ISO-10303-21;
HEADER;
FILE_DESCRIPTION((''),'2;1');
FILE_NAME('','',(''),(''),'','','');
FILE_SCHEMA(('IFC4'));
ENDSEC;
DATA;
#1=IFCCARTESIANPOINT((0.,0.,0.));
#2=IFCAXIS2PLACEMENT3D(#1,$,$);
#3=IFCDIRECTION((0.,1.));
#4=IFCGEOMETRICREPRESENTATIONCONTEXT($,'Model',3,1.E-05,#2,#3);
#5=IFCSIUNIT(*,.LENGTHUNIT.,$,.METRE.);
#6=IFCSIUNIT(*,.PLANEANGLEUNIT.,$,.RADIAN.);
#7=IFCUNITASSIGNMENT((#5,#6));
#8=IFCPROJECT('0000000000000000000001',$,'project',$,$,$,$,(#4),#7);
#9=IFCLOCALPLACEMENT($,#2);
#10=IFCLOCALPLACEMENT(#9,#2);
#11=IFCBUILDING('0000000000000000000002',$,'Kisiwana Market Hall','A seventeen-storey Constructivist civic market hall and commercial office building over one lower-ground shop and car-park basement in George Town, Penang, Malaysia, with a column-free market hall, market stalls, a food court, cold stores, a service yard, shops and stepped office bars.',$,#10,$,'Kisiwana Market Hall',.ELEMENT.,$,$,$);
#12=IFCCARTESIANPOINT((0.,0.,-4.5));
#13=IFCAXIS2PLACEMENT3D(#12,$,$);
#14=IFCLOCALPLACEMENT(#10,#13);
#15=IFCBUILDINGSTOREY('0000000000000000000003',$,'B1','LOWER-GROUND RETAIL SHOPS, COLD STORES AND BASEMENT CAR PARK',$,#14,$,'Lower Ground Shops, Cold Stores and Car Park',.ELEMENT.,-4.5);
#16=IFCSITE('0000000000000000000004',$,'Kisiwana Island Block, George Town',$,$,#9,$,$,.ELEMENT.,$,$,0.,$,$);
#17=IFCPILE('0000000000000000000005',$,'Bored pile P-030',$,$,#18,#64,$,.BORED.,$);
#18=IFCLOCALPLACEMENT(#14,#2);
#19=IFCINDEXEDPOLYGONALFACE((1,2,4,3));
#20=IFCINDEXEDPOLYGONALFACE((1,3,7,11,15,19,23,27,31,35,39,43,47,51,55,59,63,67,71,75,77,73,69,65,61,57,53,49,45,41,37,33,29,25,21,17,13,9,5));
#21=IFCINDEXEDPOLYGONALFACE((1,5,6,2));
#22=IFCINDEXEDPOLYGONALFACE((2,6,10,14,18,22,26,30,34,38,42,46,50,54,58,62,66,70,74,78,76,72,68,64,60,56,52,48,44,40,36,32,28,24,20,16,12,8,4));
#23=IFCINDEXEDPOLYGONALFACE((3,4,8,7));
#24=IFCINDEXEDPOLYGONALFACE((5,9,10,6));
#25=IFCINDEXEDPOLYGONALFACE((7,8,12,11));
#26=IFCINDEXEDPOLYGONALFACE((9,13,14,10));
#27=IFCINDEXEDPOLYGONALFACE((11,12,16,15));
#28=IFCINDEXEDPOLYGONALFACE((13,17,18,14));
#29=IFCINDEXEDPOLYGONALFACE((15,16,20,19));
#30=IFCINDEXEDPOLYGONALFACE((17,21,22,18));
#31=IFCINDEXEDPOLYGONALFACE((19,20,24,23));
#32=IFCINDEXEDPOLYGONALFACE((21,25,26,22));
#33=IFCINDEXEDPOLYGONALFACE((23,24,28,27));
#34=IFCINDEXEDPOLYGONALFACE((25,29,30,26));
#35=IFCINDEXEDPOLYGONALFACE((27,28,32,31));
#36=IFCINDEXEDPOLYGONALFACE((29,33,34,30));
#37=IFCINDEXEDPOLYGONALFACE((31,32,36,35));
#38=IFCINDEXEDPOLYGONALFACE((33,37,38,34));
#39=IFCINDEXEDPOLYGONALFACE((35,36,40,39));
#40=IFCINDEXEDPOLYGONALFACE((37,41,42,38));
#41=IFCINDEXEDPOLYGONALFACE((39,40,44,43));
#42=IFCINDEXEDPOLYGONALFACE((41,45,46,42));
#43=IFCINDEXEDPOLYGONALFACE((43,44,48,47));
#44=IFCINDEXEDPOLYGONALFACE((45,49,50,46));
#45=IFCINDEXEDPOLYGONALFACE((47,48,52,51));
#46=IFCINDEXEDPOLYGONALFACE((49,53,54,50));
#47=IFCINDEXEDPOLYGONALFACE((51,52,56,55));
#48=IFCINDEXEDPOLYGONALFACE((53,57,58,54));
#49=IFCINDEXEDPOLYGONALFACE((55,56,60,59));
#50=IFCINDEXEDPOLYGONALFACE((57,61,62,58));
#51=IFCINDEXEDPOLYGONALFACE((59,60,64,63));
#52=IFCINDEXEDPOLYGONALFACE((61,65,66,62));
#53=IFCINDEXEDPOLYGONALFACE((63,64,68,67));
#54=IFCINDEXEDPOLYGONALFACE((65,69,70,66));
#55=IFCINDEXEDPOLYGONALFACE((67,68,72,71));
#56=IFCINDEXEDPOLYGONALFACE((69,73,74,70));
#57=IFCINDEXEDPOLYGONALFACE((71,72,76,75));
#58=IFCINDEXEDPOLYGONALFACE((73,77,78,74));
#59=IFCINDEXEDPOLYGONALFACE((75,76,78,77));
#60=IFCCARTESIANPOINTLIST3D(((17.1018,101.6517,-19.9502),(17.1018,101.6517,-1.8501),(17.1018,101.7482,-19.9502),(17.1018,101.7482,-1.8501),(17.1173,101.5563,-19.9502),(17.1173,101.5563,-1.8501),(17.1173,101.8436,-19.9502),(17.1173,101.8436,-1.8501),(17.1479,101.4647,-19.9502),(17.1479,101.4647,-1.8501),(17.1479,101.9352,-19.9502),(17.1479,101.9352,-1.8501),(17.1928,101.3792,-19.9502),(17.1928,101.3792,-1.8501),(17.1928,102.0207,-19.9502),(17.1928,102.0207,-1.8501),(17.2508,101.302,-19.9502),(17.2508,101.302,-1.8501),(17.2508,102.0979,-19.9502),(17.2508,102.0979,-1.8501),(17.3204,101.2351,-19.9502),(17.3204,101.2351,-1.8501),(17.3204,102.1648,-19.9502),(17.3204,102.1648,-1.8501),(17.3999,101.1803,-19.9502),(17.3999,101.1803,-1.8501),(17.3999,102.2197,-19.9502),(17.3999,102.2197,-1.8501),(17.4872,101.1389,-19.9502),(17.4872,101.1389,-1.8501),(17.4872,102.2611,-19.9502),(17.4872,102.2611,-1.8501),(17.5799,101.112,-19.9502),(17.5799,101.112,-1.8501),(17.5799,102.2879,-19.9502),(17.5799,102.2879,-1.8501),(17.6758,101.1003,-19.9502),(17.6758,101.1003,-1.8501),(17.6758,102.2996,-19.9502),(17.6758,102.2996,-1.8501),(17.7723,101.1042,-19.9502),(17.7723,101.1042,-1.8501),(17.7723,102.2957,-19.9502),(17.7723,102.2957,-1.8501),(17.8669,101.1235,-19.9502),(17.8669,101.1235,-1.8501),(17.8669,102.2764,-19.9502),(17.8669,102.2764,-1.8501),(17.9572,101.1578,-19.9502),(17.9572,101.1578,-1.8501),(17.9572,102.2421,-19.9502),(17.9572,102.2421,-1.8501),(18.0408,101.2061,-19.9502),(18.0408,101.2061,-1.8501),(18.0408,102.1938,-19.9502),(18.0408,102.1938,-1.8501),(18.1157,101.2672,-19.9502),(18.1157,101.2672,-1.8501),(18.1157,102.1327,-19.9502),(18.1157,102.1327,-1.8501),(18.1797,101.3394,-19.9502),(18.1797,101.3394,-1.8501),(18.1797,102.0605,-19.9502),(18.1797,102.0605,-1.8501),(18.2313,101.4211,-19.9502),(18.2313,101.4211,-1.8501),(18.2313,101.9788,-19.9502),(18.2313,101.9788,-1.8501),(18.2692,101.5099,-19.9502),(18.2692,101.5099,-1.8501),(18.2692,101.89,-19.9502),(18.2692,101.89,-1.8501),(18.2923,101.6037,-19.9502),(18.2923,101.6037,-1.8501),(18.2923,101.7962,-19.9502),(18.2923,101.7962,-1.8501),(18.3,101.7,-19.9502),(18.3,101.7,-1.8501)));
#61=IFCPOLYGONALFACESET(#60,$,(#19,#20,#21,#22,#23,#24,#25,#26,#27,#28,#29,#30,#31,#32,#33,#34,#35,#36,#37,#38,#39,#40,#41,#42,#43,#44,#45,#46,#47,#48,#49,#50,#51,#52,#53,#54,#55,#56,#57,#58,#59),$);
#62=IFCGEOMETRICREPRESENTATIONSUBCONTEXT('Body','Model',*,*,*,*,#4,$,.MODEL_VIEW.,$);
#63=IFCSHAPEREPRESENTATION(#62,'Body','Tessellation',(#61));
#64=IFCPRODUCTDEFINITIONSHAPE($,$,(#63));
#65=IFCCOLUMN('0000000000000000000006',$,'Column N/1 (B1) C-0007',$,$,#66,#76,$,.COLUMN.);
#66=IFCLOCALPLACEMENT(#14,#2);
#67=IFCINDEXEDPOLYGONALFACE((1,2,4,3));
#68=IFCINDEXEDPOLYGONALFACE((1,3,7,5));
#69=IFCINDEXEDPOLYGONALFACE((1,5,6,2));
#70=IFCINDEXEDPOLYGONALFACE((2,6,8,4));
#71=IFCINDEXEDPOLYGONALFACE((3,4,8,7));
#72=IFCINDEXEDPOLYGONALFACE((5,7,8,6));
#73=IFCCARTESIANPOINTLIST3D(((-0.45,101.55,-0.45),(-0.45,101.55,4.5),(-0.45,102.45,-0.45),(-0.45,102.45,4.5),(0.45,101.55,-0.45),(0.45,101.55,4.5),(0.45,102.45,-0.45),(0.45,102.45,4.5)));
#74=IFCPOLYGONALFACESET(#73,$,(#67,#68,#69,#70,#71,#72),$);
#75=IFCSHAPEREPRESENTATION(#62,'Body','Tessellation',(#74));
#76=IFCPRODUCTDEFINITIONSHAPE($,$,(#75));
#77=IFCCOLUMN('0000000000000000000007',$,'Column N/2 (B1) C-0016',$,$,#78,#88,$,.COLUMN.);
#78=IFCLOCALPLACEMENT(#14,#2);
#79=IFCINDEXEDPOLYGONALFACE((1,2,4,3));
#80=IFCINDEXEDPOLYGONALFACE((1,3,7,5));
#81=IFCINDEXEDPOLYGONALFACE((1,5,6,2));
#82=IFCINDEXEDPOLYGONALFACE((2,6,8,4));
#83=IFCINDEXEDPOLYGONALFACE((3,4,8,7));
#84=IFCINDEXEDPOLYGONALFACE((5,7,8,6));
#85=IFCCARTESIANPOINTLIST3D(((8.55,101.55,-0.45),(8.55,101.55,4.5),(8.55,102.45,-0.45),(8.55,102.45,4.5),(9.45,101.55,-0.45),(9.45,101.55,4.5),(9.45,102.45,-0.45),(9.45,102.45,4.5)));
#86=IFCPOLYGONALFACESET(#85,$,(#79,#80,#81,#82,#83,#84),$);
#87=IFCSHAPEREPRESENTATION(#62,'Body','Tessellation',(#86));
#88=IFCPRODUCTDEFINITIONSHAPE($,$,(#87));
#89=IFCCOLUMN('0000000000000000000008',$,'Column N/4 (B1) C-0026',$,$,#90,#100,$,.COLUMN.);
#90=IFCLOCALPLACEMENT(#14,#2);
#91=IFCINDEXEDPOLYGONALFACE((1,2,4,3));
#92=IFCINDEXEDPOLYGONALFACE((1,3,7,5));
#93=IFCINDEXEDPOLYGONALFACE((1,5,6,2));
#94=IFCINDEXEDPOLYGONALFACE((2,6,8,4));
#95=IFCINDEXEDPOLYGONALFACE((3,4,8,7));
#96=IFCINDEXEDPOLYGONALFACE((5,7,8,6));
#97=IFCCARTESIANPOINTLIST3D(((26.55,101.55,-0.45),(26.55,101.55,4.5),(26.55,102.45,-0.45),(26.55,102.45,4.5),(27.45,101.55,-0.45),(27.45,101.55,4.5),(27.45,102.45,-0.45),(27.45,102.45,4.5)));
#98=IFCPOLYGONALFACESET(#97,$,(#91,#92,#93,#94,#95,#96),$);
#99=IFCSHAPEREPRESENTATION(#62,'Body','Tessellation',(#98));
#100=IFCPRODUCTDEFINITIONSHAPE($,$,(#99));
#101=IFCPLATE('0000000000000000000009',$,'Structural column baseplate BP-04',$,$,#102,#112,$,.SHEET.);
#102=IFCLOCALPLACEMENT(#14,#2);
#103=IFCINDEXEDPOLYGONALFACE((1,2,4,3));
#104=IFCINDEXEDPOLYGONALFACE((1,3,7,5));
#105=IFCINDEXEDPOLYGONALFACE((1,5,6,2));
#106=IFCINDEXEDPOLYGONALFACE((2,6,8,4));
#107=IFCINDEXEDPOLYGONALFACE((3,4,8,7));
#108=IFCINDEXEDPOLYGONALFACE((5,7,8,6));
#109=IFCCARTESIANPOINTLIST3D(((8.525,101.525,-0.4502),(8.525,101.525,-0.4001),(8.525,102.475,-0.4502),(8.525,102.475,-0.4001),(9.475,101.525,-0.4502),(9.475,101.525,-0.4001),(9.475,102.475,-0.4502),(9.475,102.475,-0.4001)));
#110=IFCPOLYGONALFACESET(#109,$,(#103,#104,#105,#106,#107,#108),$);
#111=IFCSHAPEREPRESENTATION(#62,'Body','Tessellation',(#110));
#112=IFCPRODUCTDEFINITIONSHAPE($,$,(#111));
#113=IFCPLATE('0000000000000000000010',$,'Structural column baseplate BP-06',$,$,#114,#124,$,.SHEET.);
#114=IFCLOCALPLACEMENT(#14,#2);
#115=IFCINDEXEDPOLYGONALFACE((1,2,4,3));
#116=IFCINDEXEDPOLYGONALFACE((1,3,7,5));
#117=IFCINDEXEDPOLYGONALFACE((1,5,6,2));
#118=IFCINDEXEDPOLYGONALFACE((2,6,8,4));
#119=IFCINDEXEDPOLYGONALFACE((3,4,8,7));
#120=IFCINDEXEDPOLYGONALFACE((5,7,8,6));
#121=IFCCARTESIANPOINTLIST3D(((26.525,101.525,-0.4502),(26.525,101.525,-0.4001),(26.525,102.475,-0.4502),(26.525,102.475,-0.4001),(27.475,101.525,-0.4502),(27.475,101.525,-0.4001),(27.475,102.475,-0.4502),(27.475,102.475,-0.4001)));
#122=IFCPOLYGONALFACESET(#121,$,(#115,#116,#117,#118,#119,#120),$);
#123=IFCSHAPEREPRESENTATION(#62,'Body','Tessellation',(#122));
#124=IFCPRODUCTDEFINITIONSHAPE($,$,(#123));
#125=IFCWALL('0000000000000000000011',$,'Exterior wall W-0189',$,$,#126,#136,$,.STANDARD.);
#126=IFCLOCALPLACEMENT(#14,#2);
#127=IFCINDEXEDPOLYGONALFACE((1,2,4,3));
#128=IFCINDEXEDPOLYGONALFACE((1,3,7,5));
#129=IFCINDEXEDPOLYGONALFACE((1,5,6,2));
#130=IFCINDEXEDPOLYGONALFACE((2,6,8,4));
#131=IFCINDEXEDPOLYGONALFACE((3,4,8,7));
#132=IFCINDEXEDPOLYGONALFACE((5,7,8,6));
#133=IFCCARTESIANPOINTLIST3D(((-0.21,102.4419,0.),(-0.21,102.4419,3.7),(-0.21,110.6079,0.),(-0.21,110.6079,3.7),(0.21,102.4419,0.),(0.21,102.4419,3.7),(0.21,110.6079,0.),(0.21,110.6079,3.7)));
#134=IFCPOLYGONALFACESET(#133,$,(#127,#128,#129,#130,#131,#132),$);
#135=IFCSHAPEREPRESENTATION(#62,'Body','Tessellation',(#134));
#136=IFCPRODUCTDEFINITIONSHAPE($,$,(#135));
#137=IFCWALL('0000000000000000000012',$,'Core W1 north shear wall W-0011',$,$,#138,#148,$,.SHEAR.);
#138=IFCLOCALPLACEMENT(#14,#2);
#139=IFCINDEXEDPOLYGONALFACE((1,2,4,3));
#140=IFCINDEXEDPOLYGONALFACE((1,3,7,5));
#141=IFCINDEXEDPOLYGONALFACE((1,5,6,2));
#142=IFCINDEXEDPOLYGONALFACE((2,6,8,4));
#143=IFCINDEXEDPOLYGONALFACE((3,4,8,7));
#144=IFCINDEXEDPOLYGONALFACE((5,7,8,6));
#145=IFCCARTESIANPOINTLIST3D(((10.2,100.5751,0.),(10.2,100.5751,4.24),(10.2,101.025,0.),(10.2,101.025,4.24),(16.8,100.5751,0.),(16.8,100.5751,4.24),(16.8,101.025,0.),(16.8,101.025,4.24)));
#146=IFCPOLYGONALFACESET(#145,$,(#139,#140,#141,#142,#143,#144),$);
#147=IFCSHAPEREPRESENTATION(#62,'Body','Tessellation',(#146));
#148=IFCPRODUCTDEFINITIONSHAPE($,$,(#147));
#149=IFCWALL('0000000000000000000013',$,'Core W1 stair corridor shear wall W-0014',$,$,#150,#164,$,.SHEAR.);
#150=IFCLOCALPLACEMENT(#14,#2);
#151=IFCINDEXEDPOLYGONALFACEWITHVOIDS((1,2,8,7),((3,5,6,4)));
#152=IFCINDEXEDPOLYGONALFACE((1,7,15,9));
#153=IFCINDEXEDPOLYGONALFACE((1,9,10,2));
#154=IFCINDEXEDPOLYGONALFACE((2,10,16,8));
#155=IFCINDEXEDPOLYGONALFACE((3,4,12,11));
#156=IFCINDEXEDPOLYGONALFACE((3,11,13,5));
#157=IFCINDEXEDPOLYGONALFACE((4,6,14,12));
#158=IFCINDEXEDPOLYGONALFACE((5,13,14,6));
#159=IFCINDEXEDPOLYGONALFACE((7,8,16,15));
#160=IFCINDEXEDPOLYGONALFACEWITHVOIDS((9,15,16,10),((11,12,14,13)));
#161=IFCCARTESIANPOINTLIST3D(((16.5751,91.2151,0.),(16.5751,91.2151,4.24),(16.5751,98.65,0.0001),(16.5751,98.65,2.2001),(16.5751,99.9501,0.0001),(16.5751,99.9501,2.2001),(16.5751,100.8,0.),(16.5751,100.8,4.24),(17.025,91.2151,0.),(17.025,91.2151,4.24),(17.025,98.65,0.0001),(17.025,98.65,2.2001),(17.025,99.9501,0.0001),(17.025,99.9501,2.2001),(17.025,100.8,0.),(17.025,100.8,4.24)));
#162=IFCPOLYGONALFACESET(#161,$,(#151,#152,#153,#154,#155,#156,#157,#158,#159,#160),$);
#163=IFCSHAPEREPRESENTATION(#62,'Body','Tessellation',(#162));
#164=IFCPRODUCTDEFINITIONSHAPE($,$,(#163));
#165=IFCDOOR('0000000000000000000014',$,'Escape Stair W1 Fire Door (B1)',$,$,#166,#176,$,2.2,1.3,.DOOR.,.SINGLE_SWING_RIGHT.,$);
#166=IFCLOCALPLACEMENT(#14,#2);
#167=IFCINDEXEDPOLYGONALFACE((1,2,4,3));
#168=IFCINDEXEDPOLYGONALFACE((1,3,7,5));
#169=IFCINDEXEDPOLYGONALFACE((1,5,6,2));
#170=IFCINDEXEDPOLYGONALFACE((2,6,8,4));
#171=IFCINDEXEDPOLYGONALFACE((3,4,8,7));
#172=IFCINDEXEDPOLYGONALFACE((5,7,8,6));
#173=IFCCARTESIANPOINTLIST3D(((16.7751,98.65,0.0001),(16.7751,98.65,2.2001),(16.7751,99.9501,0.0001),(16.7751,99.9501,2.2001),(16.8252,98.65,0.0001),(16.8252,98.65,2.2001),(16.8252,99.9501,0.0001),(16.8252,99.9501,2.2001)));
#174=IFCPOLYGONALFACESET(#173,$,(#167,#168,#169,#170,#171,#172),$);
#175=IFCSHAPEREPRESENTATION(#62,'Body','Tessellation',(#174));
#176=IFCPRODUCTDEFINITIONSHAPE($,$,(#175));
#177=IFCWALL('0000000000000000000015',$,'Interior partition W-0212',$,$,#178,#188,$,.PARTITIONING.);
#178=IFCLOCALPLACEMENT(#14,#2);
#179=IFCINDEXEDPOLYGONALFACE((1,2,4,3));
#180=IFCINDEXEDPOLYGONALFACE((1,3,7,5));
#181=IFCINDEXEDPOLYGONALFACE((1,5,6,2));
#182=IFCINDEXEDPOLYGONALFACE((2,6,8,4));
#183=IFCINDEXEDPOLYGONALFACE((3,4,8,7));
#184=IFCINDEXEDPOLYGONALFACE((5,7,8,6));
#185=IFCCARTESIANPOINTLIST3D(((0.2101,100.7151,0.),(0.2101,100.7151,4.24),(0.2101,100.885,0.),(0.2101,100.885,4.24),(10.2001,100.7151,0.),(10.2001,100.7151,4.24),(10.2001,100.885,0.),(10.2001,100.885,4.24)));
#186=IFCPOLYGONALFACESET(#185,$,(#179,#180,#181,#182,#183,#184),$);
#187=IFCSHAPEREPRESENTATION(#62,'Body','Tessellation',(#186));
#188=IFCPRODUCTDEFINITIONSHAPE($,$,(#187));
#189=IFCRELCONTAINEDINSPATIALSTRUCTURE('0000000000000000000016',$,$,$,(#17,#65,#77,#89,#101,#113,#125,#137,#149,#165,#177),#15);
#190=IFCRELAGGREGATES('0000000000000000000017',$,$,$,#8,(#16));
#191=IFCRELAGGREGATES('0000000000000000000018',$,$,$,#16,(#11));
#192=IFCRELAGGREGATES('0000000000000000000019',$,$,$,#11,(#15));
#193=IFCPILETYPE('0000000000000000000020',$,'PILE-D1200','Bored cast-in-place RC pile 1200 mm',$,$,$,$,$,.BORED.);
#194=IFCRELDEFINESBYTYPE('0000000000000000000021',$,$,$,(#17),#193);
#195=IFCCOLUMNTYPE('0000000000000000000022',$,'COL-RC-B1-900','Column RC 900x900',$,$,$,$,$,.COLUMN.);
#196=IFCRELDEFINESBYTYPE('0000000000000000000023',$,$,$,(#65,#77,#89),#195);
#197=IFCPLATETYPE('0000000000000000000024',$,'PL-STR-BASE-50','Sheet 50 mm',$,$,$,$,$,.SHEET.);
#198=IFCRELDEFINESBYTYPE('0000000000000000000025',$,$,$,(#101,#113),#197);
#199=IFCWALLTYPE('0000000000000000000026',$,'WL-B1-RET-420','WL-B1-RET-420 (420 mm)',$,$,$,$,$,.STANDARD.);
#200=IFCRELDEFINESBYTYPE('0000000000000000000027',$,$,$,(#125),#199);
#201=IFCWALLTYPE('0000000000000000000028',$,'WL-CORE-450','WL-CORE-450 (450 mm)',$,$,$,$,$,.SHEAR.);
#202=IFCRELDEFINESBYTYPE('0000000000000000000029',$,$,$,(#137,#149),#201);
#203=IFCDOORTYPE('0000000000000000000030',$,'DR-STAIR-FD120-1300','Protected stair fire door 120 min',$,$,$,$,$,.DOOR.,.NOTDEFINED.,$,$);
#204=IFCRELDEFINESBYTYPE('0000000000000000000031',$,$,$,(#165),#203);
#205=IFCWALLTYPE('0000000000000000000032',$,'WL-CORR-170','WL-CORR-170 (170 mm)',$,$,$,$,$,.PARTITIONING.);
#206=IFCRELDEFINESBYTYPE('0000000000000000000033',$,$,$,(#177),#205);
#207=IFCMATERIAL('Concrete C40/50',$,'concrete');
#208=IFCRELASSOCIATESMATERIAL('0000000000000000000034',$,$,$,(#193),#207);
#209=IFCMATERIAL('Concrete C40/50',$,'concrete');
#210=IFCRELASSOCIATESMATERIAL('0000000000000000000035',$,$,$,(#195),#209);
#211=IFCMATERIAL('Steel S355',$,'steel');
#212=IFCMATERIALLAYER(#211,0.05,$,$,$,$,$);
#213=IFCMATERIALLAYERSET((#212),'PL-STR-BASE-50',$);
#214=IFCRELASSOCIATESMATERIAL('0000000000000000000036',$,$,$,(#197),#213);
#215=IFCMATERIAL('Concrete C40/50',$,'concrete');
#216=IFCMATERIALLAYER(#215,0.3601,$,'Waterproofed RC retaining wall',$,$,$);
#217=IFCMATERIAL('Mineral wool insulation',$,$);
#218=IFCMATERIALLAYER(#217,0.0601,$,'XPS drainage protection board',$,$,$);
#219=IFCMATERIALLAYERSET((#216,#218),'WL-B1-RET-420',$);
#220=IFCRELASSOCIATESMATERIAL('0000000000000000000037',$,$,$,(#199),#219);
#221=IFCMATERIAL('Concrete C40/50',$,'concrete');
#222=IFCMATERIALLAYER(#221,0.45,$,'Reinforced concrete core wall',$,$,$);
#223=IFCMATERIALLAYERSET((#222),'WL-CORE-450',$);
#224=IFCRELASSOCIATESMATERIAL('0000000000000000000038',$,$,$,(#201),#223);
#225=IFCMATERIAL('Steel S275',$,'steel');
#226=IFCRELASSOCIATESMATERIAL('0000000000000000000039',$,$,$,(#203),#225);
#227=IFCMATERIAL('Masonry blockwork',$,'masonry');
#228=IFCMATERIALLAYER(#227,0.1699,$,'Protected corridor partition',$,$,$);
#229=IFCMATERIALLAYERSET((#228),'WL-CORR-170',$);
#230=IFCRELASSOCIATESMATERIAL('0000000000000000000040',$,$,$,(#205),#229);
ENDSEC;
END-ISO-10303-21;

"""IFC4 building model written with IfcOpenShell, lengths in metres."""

from ifc_helpers import new_model, si_unit, direction, frame, frame_2d, origin, origin_2d, place, context, subcontext, project, spatial, rectangle, circle, extrude, material, layer, layer_set, material_profile, profile_set, type_object, element, fill, save


model = new_model("IFC4")

# Units and contexts
model_context = context("Model", 3, precision=1e-05, world=origin(), true_north=direction((0.0, 1.0)))
body_context = subcontext(model_context, "Body", "Model", "MODEL_VIEW")
ifc_project = project(units=[si_unit("LENGTHUNIT", "METRE"), si_unit("PLANEANGLEUNIT", "RADIAN")], contexts=[model_context])

# Site, building, storey
site_placement = place(None, origin())
site = spatial("IfcSite", under=ifc_project, at=site_placement, Name="Kisiwana Island Block, George Town", CompositionType="ELEMENT", RefElevation=0.0)
building_placement = place(site_placement, origin())
building = spatial("IfcBuilding", under=site, at=building_placement, Name="Kisiwana Market Hall", Description="A seventeen-storey Constructivist civic market hall and commercial office building over one lower-ground shop and car-park basement in George Town, Penang, Malaysia, with a column-free market hall, market stalls, a food court, cold stores, a service yard, shops and stepped office bars.", LongName="Kisiwana Market Hall", CompositionType="ELEMENT")
storey_placement = place(building_placement, frame((0.0, 0.0, -4.5)))
storey = spatial("IfcBuildingStorey", under=building, at=storey_placement, Name="B1", Description="LOWER-GROUND RETAIL SHOPS, COLD STORES AND BASEMENT CAR PARK", LongName="Lower Ground Shops, Cold Stores and Car Park", CompositionType="ELEMENT", Elevation=-4.5)

# Pile
ifc_material_1 = material(Name="Concrete C40/50", Category="concrete")
ifc_material_profile_1 = material_profile(ifc_material_1, circle(Radius=0.6001, at=origin_2d()), Name="BP D1200")
ifc_profile_set_1 = profile_set([ifc_material_profile_1], Name="Concrete C40/50")
pile_type_1 = type_object("IfcPileType", Name="PILE-D1200", Description="Bored cast-in-place RC pile 1200 mm", PredefinedType="BORED", material=ifc_profile_set_1)
for number, where, z_axis, x_axis, name in (
    (1, (17.7, 101.7, -1.8501), (0.0, 0.0, -1.0), (1.0, 0.0, 0.0), "Bored pile P-030"),
):
    element("IfcPile", number, at=place(storey_placement, frame(where, z_axis=z_axis, x_axis=x_axis)), inside=storey, type_object=pile_type_1, Name=name, PredefinedType="BORED", context=body_context, shape_type="SweptSolid", body=[
        extrude(circle(Radius=0.6001, at=origin_2d()), origin(), (0.0, 0.0, 1.0), 18.1001),
    ])

# Columns
ifc_material_2 = material(Name="Concrete C40/50", Category="concrete")
ifc_material_profile_2 = material_profile(ifc_material_2, rectangle(XDim=0.8999, YDim=0.8999, at=origin_2d()), Name="RC 900x900")
ifc_profile_set_2 = profile_set([ifc_material_profile_2], Name="Concrete C40/50")
column_type = type_object("IfcColumnType", Name="COL-RC-B1-900", Description="Column RC 900x900", PredefinedType="COLUMN", material=ifc_profile_set_2)
for number, where, z_axis, x_axis, name in (
    (2, (0.0, 102.0, -0.45), (0.0, 0.0, 1.0), (1.0, 0.0, 0.0), "Column N/1 (B1) C-0007"),
    (3, (9.0, 102.0, -0.45), (0.0, 0.0, 1.0), (1.0, 0.0, 0.0), "Column N/2 (B1) C-0016"),
    (4, (27.0, 102.0, -0.45), (0.0, 0.0, 1.0), (1.0, 0.0, 0.0), "Column N/4 (B1) C-0026"),
):
    element("IfcColumn", number, at=place(storey_placement, frame(where, z_axis=z_axis, x_axis=x_axis)), inside=storey, type_object=column_type, Name=name, PredefinedType="COLUMN", context=body_context, shape_type="SweptSolid", body=[
        extrude(rectangle(XDim=0.8999, YDim=0.8999, at=origin_2d()), origin(), (0.0, 0.0, 1.0), 4.95),
    ])

# Plates
ifc_material_3 = material(Name="Steel S355", Category="steel")
ifc_layer_1 = layer(ifc_material_3, 0.05)
ifc_layer_set_1 = layer_set([ifc_layer_1], Name="PL-STR-BASE-50")
plate_type = type_object("IfcPlateType", Name="PL-STR-BASE-50", Description="Sheet 50 mm", PredefinedType="SHEET", material=ifc_layer_set_1)
for number, where, z_axis, x_axis, name in (
    (5, (9.0, 102.0, -0.4502), (0.0, 0.0, 1.0), (1.0, 0.0, 0.0), "Structural column baseplate BP-04"),
    (6, (27.0, 102.0, -0.4502), (0.0, 0.0, 1.0), (1.0, 0.0, 0.0), "Structural column baseplate BP-06"),
):
    element("IfcPlate", number, at=place(storey_placement, frame(where, z_axis=z_axis, x_axis=x_axis)), inside=storey, type_object=plate_type, Name=name, PredefinedType="SHEET", context=body_context, shape_type="SweptSolid", body=[
        extrude(rectangle(XDim=0.95, YDim=0.95, at=origin_2d()), origin(), (0.0, 0.0, 1.0), 0.05),
    ])

# Walls
ifc_material_4 = material(Name="Concrete C40/50", Category="concrete")
ifc_layer_2 = layer(ifc_material_4, 0.3601, Name="Waterproofed RC retaining wall")
ifc_material_5 = material(Name="Mineral wool insulation")
ifc_layer_3 = layer(ifc_material_5, 0.0601, Name="XPS drainage protection board")
ifc_layer_set_2 = layer_set([ifc_layer_2, ifc_layer_3], Name="WL-B1-RET-420")
wall_type_1 = type_object("IfcWallType", Name="WL-B1-RET-420", Description="WL-B1-RET-420 (420 mm)", PredefinedType="STANDARD", material=ifc_layer_set_2)
wall_1_placement = place(storey_placement, frame((0.0, 102.4419, 0.0), z_axis=(0.0, 0.0, 1.0), x_axis=(0.0, 1.0, 0.0)))
element("IfcWall", 7, at=wall_1_placement, inside=storey, type_object=wall_type_1, Name="Exterior wall W-0189", PredefinedType="STANDARD", context=body_context, shape_type="SweptSolid", body=[
    extrude(rectangle(XDim=8.166, YDim=0.4199, at=frame_2d((4.083, 0.0))), origin(), (0.0, 0.0, 1.0), 3.7),
])
ifc_material_6 = material(Name="Concrete C40/50", Category="concrete")
ifc_layer_4 = layer(ifc_material_6, 0.45, Name="Reinforced concrete core wall")
ifc_layer_set_3 = layer_set([ifc_layer_4], Name="WL-CORE-450")
wall_type_2 = type_object("IfcWallType", Name="WL-CORE-450", Description="WL-CORE-450 (450 mm)", PredefinedType="SHEAR", material=ifc_layer_set_3)
wall_2_placement = place(storey_placement, frame((10.2, 100.8, 0.0), z_axis=(0.0, 0.0, 1.0), x_axis=(1.0, 0.0, 0.0)))
element("IfcWall", 8, at=wall_2_placement, inside=storey, type_object=wall_type_2, Name="Core W1 north shear wall W-0011", PredefinedType="SHEAR", context=body_context, shape_type="SweptSolid", body=[
    extrude(rectangle(XDim=6.6001, YDim=0.45, at=frame_2d((3.3, 0.0))), origin(), (0.0, 0.0, 1.0), 4.24),
])

# Wall, opening, door
wall_3_placement = place(storey_placement, frame((16.8, 91.2151, 0.0), z_axis=(0.0, 0.0, 1.0), x_axis=(0.0, 1.0, 0.0)))
wall_3 = element("IfcWall", 9, at=wall_3_placement, inside=storey, type_object=wall_type_2, Name="Core W1 stair corridor shear wall W-0014", PredefinedType="SHEAR", context=body_context, shape_type="SweptSolid", body=[
    extrude(rectangle(XDim=9.585, YDim=0.45, at=frame_2d((4.7925, 0.0))), origin(), (0.0, 0.0, 1.0), 4.24),
])
opening_1_placement = place(wall_3_placement, frame((7.4351, 0.0, 0.0)))
opening_1 = element("IfcOpeningElement", 10, at=opening_1_placement, cuts=wall_3, PredefinedType="OPENING", context=body_context, shape_type="SweptSolid", body=[
    extrude(rectangle(XDim=1.3, YDim=2.2, at=frame_2d((0.6499, 1.1001))), frame((0.0, 0.2368, 0.0), z_axis=(0.0, -1.0, 0.0), x_axis=(1.0, 0.0, 0.0)), (0.0, 0.0, 1.0), 0.4739),
])
ifc_material_7 = material(Name="Steel S275", Category="steel")
door_type_1 = type_object("IfcDoorType", Name="DR-STAIR-FD120-1300", Description="Protected stair fire door 120 min", OperationType="NOTDEFINED", PredefinedType="DOOR", material=ifc_material_7)
door_1_placement = place(opening_1_placement, origin())
door_1 = element("IfcDoor", 11, at=door_1_placement, inside=storey, type_object=door_type_1, Name="Escape Stair W1 Fire Door (B1)", OperationType="SINGLE_SWING_RIGHT", OverallHeight=2.2, OverallWidth=1.3, PredefinedType="DOOR", context=body_context, shape_type="SweptSolid", body=[
    extrude(rectangle(XDim=1.3, YDim=2.2, at=frame_2d((0.6499, 1.1001))), frame((0.0, 0.0249, 0.0), z_axis=(0.0, -1.0, 0.0), x_axis=(1.0, 0.0, 0.0)), (0.0, 0.0, 1.0), 0.05),
])
fill(opening_1, door_1)

# Wall
ifc_material_8 = material(Name="Masonry blockwork", Category="masonry")
ifc_layer_5 = layer(ifc_material_8, 0.1699, Name="Protected corridor partition")
ifc_layer_set_4 = layer_set([ifc_layer_5], Name="WL-CORR-170")
wall_type_3 = type_object("IfcWallType", Name="WL-CORR-170", Description="WL-CORR-170 (170 mm)", PredefinedType="PARTITIONING", material=ifc_layer_set_4)
wall_4_placement = place(storey_placement, frame((0.21, 100.8, 0.0), z_axis=(0.0, 0.0, 1.0), x_axis=(1.0, 0.0, 0.0)))
element("IfcWall", 12, at=wall_4_placement, inside=storey, type_object=wall_type_3, Name="Interior partition W-0212", PredefinedType="PARTITIONING", context=body_context, shape_type="SweptSolid", body=[
    extrude(rectangle(XDim=9.99, YDim=0.1699, at=frame_2d((4.9951, 0.0))), origin(), (0.0, 0.0, 1.0), 4.24),
])

save(model, "model.ifc")
